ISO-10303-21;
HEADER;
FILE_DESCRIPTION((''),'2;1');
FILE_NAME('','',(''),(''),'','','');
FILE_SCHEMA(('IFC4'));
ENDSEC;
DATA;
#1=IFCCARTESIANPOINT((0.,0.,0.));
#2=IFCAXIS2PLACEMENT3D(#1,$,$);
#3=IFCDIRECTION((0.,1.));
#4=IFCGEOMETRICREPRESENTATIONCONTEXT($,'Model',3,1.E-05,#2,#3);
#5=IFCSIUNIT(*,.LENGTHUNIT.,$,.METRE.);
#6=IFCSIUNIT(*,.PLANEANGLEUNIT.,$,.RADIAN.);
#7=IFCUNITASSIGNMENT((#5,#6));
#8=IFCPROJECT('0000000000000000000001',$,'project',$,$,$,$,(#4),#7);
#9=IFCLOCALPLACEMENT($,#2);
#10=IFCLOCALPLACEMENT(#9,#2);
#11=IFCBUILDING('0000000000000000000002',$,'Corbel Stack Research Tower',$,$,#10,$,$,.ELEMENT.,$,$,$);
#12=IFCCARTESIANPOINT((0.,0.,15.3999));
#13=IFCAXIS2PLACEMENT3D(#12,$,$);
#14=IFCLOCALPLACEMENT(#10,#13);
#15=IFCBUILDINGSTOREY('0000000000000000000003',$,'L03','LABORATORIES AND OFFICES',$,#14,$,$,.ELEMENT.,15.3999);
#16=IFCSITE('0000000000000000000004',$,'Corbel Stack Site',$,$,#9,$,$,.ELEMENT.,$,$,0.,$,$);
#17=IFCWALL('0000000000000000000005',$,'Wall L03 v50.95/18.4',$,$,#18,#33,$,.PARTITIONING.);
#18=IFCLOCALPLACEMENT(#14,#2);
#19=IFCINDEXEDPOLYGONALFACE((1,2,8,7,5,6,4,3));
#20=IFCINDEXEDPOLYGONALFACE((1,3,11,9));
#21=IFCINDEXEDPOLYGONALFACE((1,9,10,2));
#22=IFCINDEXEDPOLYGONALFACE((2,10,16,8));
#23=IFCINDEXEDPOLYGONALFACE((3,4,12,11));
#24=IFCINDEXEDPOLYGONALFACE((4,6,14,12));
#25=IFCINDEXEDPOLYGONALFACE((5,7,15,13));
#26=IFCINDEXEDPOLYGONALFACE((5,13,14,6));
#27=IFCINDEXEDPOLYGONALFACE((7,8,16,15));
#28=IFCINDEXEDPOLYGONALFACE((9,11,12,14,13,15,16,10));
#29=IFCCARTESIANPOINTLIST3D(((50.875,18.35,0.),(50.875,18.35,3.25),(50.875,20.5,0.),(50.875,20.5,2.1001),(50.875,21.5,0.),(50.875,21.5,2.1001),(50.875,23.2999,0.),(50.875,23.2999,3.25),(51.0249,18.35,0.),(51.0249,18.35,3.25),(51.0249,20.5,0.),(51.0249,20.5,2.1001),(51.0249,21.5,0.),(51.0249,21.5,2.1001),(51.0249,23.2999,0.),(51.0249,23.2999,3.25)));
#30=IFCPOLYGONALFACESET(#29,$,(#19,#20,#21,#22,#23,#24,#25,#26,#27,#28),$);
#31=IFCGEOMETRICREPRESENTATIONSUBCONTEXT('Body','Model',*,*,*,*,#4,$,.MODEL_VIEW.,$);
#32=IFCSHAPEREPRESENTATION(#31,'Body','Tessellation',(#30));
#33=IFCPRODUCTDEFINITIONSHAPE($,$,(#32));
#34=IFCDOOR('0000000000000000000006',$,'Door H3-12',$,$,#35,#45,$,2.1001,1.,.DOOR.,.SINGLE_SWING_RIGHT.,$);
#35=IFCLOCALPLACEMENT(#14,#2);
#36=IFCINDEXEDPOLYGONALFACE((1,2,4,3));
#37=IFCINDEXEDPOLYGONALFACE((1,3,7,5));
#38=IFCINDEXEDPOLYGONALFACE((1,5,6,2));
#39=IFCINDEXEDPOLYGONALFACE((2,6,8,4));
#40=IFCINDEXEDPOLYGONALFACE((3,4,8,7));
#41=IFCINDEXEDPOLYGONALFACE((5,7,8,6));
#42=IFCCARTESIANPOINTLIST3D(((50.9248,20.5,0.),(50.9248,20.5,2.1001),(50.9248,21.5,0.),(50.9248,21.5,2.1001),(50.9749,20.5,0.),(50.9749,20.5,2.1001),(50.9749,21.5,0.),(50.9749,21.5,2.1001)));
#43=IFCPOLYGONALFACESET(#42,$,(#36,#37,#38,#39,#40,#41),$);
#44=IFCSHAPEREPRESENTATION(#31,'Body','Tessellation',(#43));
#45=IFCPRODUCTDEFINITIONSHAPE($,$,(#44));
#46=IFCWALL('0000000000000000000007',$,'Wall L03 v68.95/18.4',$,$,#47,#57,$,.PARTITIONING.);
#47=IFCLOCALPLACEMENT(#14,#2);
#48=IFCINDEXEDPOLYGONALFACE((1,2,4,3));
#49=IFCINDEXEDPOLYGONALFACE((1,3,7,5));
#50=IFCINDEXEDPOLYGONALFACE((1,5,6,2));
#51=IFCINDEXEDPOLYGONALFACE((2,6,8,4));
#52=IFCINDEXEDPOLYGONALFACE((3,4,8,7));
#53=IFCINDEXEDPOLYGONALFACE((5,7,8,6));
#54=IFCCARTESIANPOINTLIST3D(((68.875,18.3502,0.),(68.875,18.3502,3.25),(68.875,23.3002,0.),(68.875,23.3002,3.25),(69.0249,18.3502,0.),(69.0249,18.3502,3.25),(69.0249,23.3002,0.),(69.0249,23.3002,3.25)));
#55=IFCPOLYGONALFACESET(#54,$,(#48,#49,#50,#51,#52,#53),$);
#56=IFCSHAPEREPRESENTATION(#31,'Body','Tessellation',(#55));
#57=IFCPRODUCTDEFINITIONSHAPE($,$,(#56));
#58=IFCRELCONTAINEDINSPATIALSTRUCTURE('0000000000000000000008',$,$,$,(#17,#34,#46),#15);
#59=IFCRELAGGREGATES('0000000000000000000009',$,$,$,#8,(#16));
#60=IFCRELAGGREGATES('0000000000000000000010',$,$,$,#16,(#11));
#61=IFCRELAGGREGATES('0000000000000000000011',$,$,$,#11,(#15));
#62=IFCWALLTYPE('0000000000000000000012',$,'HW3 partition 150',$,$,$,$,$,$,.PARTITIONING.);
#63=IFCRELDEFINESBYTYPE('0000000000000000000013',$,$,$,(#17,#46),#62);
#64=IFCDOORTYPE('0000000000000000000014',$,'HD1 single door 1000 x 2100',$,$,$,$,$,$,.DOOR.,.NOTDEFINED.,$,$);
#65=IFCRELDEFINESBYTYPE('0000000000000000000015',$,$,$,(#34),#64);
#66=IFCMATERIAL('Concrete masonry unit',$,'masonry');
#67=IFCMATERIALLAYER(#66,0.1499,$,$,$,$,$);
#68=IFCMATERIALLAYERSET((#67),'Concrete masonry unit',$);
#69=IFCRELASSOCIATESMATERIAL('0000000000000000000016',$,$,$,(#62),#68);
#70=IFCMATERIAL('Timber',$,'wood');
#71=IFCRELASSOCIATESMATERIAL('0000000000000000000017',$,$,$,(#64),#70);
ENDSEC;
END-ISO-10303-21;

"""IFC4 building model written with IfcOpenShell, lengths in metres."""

from ifc_helpers import new_model, si_unit, direction, frame, frame_2d, origin, place, context, subcontext, project, spatial, rectangle, extrude, material, layer, layer_set, type_object, element, fill, save


model = new_model("IFC4")

# Units and contexts
model_context = context("Model", 3, precision=1e-05, world=origin(), true_north=direction((0.0, 1.0)))
body_context = subcontext(model_context, "Body", "Model", "MODEL_VIEW")
ifc_project = project(units=[si_unit("LENGTHUNIT", "METRE"), si_unit("PLANEANGLEUNIT", "RADIAN")], contexts=[model_context])

# Site, building, storey
site_placement = place(None, origin())
site = spatial("IfcSite", under=ifc_project, at=site_placement, Name="Corbel Stack Site", CompositionType="ELEMENT", RefElevation=0.0)
building_placement = place(site_placement, origin())
building = spatial("IfcBuilding", under=site, at=building_placement, Name="Corbel Stack Research Tower", CompositionType="ELEMENT")
storey_placement = place(building_placement, frame((0.0, 0.0, 15.3999)))
storey = spatial("IfcBuildingStorey", under=building, at=storey_placement, Name="L03", Description="LABORATORIES AND OFFICES", CompositionType="ELEMENT", Elevation=15.3999)

# Wall, opening, door
ifc_material_1 = material(Name="Concrete masonry unit", Category="masonry")
ifc_layer_1 = layer(ifc_material_1, 0.1499)
ifc_layer_set_1 = layer_set([ifc_layer_1], Name="Concrete masonry unit")
wall_type_1 = type_object("IfcWallType", Name="HW3 partition 150", PredefinedType="PARTITIONING", material=ifc_layer_set_1)
wall_1_placement = place(storey_placement, frame((50.95, 23.3, 0.0), z_axis=(0.0, 0.0, 1.0), x_axis=(0.0, -1.0, 0.0)))
wall_1 = element("IfcWall", 1, at=wall_1_placement, inside=storey, type_object=wall_type_1, Name="Wall L03 v50.95/18.4", PredefinedType="PARTITIONING", context=body_context, shape_type="SweptSolid", body=[
    extrude(rectangle(XDim=4.95, YDim=0.1499, at=frame_2d((2.4751, 0.0))), origin(), (0.0, 0.0, 1.0), 3.25),
])
opening_1_placement = place(wall_1_placement, frame((1.8, 0.0, 0.0)))
opening_1 = element("IfcOpeningElement", 2, at=opening_1_placement, cuts=wall_1, PredefinedType="OPENING", context=body_context, shape_type="SweptSolid", body=[
    extrude(rectangle(XDim=1.0, YDim=2.1001, at=frame_2d((0.5, 1.05))), frame((0.0, 0.085, 0.0), z_axis=(0.0, -1.0, 0.0), x_axis=(1.0, 0.0, 0.0)), (0.0, 0.0, 1.0), 0.1699),
])
ifc_material_2 = material(Name="Timber", Category="wood")
door_type = type_object("IfcDoorType", Name="HD1 single door 1000 x 2100", OperationType="NOTDEFINED", PredefinedType="DOOR", material=ifc_material_2)
door_placement = place(opening_1_placement, origin())
door = element("IfcDoor", 3, at=door_placement, inside=storey, type_object=door_type, Name="Door H3-12", OperationType="SINGLE_SWING_RIGHT", OverallHeight=2.1001, OverallWidth=1.0, PredefinedType="DOOR", context=body_context, shape_type="SweptSolid", body=[
    extrude(rectangle(XDim=1.0, YDim=2.1001, at=frame_2d((0.5, 1.05))), frame((0.0, 0.0249, 0.0), z_axis=(0.0, -1.0, 0.0), x_axis=(1.0, 0.0, 0.0)), (0.0, 0.0, 1.0), 0.05),
])
fill(opening_1, door)

# Wall
wall_2_placement = place(storey_placement, frame((68.95, 18.3501, 0.0), z_axis=(0.0, 0.0, 1.0), x_axis=(0.0, 1.0, 0.0)))
element("IfcWall", 4, at=wall_2_placement, inside=storey, type_object=wall_type_1, Name="Wall L03 v68.95/18.4", PredefinedType="PARTITIONING", context=body_context, shape_type="SweptSolid", body=[
    extrude(rectangle(XDim=4.95, YDim=0.1499, at=frame_2d((2.4751, 0.0))), origin(), (0.0, 0.0, 1.0), 3.25),
])

save(model, "model.ifc")
